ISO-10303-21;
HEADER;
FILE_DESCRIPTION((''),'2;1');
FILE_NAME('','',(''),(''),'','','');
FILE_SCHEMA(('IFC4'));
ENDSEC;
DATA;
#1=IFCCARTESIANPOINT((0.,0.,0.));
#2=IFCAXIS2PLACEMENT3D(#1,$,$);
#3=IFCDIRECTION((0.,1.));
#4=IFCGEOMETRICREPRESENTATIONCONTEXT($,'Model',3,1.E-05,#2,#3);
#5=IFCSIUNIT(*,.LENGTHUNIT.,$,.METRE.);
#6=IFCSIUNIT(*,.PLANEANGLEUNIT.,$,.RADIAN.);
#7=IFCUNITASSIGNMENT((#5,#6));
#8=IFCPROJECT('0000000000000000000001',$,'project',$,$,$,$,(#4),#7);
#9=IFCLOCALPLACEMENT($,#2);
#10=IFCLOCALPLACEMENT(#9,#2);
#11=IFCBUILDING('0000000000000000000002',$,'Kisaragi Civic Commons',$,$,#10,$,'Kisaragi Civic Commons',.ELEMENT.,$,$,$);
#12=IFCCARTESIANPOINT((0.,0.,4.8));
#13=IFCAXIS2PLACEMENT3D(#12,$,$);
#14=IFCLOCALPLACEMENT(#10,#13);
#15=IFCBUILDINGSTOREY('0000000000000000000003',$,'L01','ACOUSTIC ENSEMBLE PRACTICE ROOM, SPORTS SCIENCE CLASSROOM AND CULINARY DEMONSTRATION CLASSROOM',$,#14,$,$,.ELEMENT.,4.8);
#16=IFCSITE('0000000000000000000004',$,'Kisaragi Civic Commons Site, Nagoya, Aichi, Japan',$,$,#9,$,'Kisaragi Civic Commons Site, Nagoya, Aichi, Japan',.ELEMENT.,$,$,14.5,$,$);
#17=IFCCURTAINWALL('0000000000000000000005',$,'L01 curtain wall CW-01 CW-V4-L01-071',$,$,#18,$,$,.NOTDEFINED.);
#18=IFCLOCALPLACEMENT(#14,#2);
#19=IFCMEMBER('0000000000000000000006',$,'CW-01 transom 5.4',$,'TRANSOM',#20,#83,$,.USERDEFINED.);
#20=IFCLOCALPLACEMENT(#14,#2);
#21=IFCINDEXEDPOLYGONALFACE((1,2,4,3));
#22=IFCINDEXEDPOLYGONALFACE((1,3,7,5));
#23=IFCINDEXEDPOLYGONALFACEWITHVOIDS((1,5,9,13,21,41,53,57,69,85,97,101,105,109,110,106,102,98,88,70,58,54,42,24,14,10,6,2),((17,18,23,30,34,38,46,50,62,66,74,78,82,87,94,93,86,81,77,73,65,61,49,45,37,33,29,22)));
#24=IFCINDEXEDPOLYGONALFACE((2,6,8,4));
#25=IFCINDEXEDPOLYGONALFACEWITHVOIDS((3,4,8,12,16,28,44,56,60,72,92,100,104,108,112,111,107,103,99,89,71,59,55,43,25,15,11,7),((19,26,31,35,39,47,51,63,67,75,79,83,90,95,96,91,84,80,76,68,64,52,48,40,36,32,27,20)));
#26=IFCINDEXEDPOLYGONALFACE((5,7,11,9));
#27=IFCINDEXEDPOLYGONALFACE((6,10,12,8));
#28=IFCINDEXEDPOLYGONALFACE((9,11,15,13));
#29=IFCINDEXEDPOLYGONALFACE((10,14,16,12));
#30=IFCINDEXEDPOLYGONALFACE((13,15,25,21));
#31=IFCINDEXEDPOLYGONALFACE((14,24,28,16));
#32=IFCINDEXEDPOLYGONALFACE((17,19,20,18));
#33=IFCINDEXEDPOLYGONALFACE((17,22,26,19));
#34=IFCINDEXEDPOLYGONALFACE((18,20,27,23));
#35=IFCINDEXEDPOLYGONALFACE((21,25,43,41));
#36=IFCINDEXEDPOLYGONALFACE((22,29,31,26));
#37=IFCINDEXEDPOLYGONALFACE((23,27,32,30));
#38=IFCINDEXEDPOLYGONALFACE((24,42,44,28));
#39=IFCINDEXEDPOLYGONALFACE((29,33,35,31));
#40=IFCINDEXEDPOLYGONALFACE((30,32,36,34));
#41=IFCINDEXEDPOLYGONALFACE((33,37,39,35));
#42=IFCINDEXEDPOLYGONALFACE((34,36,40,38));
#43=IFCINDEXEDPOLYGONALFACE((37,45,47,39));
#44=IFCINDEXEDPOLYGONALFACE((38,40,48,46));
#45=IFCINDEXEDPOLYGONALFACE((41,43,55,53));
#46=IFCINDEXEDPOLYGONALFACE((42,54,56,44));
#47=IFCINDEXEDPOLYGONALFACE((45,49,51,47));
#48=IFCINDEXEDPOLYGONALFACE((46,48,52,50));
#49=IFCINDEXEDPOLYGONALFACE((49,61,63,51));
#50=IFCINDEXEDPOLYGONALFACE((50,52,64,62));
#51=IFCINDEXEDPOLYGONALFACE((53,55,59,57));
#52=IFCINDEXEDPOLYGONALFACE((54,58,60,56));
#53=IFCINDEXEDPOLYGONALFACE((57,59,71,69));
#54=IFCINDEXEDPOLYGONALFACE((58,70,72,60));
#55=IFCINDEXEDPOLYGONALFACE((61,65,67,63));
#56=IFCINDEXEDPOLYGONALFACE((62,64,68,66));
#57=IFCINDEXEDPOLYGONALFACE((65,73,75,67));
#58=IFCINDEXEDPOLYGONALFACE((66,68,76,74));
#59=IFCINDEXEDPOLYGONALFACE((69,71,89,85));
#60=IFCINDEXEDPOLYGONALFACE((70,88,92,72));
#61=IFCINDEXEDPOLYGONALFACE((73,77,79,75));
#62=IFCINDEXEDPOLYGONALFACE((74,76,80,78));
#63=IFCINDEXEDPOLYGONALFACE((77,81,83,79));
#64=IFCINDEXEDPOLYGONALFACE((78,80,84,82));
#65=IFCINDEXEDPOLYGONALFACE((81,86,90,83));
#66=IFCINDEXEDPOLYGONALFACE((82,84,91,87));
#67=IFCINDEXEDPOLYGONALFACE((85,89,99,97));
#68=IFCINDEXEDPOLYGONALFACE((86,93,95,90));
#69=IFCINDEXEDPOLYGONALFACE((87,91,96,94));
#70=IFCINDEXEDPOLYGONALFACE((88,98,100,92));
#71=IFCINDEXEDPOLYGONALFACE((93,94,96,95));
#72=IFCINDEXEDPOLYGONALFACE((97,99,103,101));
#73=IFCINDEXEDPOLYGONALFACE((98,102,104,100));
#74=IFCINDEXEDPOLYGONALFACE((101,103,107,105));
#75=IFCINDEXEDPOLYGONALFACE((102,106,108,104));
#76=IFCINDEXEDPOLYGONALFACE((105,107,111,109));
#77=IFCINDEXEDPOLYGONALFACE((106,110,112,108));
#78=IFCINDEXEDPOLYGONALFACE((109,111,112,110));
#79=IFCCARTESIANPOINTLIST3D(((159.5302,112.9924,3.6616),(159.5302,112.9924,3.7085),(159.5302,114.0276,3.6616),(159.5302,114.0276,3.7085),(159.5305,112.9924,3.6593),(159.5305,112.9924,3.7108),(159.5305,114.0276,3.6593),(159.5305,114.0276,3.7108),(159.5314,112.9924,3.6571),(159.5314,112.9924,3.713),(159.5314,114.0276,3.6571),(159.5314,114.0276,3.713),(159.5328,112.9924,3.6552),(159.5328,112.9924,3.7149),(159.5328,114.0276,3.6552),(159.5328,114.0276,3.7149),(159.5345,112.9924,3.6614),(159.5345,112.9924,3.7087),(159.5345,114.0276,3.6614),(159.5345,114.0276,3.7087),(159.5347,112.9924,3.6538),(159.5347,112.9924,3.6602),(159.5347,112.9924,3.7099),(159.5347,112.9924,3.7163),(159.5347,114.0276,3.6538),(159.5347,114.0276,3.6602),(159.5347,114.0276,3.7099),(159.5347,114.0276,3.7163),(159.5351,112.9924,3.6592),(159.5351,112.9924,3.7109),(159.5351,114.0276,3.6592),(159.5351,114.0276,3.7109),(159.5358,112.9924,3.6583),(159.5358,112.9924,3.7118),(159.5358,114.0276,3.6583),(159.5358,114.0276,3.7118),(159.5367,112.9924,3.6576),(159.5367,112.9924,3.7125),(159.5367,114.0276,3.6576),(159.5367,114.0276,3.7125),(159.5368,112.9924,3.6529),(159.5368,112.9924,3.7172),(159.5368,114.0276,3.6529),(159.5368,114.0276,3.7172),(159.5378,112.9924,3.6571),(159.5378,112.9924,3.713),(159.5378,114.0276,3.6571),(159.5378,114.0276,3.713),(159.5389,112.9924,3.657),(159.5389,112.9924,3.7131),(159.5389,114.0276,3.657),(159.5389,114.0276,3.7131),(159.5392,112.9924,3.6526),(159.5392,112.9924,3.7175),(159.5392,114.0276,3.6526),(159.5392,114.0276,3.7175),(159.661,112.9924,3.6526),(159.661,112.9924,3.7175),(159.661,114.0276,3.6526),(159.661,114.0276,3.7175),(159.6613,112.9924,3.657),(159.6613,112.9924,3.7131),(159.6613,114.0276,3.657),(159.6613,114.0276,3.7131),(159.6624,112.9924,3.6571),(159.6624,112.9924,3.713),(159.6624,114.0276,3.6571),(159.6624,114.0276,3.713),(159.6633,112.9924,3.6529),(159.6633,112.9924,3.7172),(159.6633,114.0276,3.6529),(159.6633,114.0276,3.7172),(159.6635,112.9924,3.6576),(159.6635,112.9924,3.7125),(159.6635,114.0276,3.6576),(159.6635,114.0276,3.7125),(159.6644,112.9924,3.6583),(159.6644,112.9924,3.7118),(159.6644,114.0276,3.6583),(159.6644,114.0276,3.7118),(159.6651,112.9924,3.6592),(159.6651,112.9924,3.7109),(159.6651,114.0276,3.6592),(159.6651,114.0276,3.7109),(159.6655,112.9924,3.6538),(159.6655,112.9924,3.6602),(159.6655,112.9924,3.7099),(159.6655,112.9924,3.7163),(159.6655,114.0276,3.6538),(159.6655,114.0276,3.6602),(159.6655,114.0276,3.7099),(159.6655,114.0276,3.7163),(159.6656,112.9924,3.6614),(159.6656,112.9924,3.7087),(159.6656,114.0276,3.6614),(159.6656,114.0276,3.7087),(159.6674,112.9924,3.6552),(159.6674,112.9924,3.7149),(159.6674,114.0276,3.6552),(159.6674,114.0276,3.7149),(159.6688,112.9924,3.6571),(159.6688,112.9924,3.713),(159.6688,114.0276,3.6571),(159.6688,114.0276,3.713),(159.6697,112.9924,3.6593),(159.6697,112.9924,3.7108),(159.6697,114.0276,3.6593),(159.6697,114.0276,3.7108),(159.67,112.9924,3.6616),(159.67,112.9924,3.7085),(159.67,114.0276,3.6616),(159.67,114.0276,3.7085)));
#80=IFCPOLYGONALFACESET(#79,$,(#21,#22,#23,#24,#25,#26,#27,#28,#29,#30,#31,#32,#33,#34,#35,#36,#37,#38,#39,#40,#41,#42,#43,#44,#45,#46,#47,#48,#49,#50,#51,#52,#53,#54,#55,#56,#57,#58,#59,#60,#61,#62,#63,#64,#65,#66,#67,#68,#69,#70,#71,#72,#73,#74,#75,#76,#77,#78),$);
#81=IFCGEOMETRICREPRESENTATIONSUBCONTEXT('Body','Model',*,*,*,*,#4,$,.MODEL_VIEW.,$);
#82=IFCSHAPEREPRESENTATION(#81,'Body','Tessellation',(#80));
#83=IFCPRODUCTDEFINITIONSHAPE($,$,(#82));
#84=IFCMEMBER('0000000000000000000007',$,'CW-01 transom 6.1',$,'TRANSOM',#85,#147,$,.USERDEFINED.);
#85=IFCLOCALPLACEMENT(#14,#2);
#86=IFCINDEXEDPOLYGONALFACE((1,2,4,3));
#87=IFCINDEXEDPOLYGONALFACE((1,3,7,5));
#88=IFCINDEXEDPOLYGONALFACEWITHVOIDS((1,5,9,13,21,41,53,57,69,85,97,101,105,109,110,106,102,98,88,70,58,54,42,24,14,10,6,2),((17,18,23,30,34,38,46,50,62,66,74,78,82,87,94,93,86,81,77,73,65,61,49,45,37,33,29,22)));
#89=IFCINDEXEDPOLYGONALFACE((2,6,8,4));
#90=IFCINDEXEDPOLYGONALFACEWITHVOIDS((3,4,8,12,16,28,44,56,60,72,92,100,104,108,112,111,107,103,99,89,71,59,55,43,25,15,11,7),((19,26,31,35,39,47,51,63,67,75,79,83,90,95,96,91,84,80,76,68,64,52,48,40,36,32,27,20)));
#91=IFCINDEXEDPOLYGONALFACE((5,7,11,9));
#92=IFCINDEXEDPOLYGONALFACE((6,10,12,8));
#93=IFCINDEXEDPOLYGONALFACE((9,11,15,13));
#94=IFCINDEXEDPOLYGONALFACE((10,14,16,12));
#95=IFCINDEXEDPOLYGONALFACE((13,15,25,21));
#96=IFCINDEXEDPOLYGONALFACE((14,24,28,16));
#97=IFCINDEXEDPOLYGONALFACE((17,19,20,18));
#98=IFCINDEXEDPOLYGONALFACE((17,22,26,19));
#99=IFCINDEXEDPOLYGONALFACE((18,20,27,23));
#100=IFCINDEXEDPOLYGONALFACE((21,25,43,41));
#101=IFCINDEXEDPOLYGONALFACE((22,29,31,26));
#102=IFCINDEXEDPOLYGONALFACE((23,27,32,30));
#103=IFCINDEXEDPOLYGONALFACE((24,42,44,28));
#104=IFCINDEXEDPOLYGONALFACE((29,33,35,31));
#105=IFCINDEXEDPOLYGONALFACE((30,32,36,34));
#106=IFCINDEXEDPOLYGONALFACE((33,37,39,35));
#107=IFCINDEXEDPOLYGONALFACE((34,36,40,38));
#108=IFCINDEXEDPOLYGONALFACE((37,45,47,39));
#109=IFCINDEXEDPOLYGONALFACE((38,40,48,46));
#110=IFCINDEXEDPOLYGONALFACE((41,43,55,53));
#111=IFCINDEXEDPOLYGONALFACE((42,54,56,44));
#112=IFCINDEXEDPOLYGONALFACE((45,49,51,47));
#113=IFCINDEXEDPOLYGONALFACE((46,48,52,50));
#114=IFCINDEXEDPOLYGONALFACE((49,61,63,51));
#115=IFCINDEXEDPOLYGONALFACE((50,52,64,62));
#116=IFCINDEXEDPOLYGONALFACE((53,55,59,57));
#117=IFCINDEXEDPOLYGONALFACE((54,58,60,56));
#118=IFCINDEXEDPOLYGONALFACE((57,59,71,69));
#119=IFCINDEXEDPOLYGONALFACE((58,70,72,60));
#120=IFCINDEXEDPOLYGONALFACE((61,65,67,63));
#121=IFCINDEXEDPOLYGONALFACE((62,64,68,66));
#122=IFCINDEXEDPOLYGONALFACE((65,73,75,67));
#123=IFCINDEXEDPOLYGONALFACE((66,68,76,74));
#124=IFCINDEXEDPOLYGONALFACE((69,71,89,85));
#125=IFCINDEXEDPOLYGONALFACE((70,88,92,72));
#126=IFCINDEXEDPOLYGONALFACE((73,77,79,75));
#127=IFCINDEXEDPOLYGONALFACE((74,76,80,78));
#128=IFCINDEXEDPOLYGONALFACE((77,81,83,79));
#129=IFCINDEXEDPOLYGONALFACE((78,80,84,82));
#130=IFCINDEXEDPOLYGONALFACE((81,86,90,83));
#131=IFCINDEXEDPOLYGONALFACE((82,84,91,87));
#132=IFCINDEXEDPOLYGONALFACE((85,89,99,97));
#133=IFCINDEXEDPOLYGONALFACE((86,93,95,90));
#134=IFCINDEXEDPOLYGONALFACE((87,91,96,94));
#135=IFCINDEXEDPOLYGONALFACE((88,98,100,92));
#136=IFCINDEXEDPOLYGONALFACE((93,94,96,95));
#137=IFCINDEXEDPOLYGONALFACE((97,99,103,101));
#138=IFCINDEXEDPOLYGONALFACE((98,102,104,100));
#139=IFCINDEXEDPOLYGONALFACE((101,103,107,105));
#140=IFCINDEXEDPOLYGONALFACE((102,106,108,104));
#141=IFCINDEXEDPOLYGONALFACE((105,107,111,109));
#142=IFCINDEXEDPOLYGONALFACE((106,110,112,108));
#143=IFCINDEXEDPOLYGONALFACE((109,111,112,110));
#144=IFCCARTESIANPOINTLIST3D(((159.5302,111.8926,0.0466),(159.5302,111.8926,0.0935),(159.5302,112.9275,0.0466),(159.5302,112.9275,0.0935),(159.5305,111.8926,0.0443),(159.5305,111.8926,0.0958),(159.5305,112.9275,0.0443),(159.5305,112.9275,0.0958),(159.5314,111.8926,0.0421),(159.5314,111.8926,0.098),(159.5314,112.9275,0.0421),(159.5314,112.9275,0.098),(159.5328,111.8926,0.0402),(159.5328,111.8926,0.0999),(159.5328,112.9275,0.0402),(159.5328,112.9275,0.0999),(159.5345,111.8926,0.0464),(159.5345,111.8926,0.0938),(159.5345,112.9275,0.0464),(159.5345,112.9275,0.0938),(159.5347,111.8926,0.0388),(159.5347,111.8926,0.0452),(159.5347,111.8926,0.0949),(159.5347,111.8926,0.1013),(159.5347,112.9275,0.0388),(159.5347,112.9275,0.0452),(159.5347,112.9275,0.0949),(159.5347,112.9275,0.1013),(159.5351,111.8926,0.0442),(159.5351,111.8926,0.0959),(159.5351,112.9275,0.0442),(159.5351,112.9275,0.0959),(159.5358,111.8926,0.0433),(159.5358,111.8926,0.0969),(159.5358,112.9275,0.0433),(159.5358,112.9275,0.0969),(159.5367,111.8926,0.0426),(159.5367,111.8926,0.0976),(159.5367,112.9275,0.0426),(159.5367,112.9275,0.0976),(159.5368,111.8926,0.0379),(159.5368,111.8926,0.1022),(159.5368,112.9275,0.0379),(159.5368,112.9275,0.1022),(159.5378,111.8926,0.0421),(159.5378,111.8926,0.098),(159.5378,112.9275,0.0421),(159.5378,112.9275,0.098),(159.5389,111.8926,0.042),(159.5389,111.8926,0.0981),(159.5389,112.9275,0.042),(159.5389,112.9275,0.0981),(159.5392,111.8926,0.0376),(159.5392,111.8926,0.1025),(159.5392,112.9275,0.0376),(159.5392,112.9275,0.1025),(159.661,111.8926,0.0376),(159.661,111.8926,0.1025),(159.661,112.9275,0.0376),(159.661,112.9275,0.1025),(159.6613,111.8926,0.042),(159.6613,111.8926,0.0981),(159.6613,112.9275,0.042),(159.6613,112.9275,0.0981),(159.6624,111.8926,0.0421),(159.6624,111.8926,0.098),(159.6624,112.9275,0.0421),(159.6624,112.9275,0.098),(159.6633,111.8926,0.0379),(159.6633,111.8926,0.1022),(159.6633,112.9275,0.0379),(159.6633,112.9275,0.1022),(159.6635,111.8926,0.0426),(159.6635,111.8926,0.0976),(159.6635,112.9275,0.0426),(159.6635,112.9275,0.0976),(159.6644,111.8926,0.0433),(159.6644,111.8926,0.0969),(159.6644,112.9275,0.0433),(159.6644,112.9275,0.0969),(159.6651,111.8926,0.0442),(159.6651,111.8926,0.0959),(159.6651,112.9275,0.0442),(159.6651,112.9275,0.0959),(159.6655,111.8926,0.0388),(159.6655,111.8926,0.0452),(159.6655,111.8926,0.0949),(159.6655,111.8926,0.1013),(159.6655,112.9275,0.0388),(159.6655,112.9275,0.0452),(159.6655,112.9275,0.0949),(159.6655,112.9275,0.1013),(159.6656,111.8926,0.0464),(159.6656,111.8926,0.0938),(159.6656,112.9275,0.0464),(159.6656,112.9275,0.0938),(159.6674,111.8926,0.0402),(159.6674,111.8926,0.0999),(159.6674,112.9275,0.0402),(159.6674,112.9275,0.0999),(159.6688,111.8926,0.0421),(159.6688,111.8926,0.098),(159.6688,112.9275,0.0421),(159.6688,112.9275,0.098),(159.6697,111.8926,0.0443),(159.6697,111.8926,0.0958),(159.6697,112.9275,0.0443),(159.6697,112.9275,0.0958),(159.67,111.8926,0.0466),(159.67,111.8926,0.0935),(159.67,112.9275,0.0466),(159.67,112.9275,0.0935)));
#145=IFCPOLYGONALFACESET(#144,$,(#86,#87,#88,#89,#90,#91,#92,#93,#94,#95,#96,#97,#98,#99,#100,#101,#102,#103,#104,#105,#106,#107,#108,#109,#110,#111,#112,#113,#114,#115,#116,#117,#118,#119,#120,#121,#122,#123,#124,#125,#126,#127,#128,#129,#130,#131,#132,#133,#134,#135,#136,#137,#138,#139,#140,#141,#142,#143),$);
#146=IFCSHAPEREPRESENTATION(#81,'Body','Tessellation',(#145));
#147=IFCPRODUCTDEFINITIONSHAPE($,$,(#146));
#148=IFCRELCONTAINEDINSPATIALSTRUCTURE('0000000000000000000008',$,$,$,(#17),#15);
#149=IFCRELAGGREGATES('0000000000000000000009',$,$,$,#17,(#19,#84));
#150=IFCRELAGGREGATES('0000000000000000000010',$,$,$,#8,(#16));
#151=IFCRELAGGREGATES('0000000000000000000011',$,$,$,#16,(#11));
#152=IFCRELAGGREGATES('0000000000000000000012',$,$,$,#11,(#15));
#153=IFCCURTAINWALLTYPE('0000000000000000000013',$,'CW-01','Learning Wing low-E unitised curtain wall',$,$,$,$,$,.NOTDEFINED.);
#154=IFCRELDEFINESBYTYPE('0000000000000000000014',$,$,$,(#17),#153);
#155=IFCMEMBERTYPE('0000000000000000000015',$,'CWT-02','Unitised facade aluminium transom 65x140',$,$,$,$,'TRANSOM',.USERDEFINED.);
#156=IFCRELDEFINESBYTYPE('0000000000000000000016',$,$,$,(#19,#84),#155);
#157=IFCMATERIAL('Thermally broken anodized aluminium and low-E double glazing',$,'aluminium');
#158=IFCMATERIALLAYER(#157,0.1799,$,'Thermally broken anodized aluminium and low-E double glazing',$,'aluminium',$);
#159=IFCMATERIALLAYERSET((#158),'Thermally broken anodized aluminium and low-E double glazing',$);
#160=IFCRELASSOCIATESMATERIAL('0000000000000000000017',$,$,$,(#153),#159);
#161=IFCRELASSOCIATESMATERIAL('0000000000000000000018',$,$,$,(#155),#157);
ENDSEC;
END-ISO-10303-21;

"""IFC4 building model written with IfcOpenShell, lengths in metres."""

from ifc_helpers import new_model, si_unit, direction, frame, origin, origin_2d, place, context, subcontext, project, spatial, hollow_rectangle, extrude, material, layer, layer_set, material_profile, profile_set, type_object, element, aggregate, save


model = new_model("IFC4")

# Units and contexts
model_context = context("Model", 3, precision=1e-05, world=origin(), true_north=direction((0.0, 1.0)))
body_context = subcontext(model_context, "Body", "Model", "MODEL_VIEW")
ifc_project = project(units=[si_unit("LENGTHUNIT", "METRE"), si_unit("PLANEANGLEUNIT", "RADIAN")], contexts=[model_context])

# Site, building, storey
site_placement = place(None, origin())
site = spatial("IfcSite", under=ifc_project, at=site_placement, Name="Kisaragi Civic Commons Site, Nagoya, Aichi, Japan", LongName="Kisaragi Civic Commons Site, Nagoya, Aichi, Japan", CompositionType="ELEMENT", RefElevation=14.5)
building_placement = place(site_placement, origin())
building = spatial("IfcBuilding", under=site, at=building_placement, Name="Kisaragi Civic Commons", LongName="Kisaragi Civic Commons", CompositionType="ELEMENT")
storey_placement = place(building_placement, frame((0.0, 0.0, 4.8)))
storey = spatial("IfcBuildingStorey", under=building, at=storey_placement, Name="L01", Description="ACOUSTIC ENSEMBLE PRACTICE ROOM, SPORTS SCIENCE CLASSROOM AND CULINARY DEMONSTRATION CLASSROOM", CompositionType="ELEMENT", Elevation=4.8)

# Curtain wall, members
ifc_material = material(Name="Thermally broken anodized aluminium and low-E double glazing", Category="aluminium")
ifc_layer_1 = layer(ifc_material, 0.1799, Name="Thermally broken anodized aluminium and low-E double glazing", Category="aluminium")
ifc_layer_set_1 = layer_set([ifc_layer_1], Name="Thermally broken anodized aluminium and low-E double glazing")
curtain_wall_type = type_object("IfcCurtainWallType", Name="CW-01", Description="Learning Wing low-E unitised curtain wall", PredefinedType="NOTDEFINED", material=ifc_layer_set_1)
curtain_wall_placement = place(storey_placement, origin())
curtain_wall = element("IfcCurtainWall", 1, at=curtain_wall_placement, inside=storey, type_object=curtain_wall_type, Name="L01 curtain wall CW-01 CW-V4-L01-071", PredefinedType="NOTDEFINED")
ifc_material_profile_1 = material_profile(ifc_material, hollow_rectangle(XDim=0.1399, YDim=0.0649, WallThickness=0.0044, InnerFilletRadius=0.0044, OuterFilletRadius=0.009, at=origin_2d()), Name="CWT-65x140x4.5", Category="aluminium")
ifc_profile_set_1 = profile_set([ifc_material_profile_1], Name="Thermally broken anodized aluminium and low-E double glazing")
member_type_1 = type_object("IfcMemberType", Name="CWT-02", Description="Unitised facade aluminium transom 65x140", ElementType="TRANSOM", PredefinedType="USERDEFINED", material=ifc_profile_set_1)
member_1_placement = place(storey_placement, frame((159.6001, 114.0276, 3.6851), z_axis=(0.0, -1.0, 0.0), x_axis=(1.0, 0.0, 0.0)))
member_1 = element("IfcMember", 2, at=member_1_placement, type_object=member_type_1, Name="CW-01 transom 5.4", ObjectType="TRANSOM", PredefinedType="USERDEFINED", context=body_context, shape_type="SweptSolid", body=[
    extrude(hollow_rectangle(XDim=0.1399, YDim=0.0649, WallThickness=0.0044, InnerFilletRadius=0.0044, OuterFilletRadius=0.009, at=origin_2d()), origin(), (0.0, 0.0, 1.0), 1.0352),
])
member_2_placement = place(storey_placement, frame((159.6001, 112.9275, 0.0701), z_axis=(0.0, -1.0, 0.0), x_axis=(1.0, 0.0, 0.0)))
member_2 = element("IfcMember", 3, at=member_2_placement, type_object=member_type_1, Name="CW-01 transom 6.1", ObjectType="TRANSOM", PredefinedType="USERDEFINED", context=body_context, shape_type="SweptSolid", body=[
    extrude(hollow_rectangle(XDim=0.1399, YDim=0.0649, WallThickness=0.0044, InnerFilletRadius=0.0044, OuterFilletRadius=0.009, at=origin_2d()), origin(), (0.0, 0.0, 1.0), 1.0349),
])
aggregate(curtain_wall, [member_1, member_2])

save(model, "model.ifc")
